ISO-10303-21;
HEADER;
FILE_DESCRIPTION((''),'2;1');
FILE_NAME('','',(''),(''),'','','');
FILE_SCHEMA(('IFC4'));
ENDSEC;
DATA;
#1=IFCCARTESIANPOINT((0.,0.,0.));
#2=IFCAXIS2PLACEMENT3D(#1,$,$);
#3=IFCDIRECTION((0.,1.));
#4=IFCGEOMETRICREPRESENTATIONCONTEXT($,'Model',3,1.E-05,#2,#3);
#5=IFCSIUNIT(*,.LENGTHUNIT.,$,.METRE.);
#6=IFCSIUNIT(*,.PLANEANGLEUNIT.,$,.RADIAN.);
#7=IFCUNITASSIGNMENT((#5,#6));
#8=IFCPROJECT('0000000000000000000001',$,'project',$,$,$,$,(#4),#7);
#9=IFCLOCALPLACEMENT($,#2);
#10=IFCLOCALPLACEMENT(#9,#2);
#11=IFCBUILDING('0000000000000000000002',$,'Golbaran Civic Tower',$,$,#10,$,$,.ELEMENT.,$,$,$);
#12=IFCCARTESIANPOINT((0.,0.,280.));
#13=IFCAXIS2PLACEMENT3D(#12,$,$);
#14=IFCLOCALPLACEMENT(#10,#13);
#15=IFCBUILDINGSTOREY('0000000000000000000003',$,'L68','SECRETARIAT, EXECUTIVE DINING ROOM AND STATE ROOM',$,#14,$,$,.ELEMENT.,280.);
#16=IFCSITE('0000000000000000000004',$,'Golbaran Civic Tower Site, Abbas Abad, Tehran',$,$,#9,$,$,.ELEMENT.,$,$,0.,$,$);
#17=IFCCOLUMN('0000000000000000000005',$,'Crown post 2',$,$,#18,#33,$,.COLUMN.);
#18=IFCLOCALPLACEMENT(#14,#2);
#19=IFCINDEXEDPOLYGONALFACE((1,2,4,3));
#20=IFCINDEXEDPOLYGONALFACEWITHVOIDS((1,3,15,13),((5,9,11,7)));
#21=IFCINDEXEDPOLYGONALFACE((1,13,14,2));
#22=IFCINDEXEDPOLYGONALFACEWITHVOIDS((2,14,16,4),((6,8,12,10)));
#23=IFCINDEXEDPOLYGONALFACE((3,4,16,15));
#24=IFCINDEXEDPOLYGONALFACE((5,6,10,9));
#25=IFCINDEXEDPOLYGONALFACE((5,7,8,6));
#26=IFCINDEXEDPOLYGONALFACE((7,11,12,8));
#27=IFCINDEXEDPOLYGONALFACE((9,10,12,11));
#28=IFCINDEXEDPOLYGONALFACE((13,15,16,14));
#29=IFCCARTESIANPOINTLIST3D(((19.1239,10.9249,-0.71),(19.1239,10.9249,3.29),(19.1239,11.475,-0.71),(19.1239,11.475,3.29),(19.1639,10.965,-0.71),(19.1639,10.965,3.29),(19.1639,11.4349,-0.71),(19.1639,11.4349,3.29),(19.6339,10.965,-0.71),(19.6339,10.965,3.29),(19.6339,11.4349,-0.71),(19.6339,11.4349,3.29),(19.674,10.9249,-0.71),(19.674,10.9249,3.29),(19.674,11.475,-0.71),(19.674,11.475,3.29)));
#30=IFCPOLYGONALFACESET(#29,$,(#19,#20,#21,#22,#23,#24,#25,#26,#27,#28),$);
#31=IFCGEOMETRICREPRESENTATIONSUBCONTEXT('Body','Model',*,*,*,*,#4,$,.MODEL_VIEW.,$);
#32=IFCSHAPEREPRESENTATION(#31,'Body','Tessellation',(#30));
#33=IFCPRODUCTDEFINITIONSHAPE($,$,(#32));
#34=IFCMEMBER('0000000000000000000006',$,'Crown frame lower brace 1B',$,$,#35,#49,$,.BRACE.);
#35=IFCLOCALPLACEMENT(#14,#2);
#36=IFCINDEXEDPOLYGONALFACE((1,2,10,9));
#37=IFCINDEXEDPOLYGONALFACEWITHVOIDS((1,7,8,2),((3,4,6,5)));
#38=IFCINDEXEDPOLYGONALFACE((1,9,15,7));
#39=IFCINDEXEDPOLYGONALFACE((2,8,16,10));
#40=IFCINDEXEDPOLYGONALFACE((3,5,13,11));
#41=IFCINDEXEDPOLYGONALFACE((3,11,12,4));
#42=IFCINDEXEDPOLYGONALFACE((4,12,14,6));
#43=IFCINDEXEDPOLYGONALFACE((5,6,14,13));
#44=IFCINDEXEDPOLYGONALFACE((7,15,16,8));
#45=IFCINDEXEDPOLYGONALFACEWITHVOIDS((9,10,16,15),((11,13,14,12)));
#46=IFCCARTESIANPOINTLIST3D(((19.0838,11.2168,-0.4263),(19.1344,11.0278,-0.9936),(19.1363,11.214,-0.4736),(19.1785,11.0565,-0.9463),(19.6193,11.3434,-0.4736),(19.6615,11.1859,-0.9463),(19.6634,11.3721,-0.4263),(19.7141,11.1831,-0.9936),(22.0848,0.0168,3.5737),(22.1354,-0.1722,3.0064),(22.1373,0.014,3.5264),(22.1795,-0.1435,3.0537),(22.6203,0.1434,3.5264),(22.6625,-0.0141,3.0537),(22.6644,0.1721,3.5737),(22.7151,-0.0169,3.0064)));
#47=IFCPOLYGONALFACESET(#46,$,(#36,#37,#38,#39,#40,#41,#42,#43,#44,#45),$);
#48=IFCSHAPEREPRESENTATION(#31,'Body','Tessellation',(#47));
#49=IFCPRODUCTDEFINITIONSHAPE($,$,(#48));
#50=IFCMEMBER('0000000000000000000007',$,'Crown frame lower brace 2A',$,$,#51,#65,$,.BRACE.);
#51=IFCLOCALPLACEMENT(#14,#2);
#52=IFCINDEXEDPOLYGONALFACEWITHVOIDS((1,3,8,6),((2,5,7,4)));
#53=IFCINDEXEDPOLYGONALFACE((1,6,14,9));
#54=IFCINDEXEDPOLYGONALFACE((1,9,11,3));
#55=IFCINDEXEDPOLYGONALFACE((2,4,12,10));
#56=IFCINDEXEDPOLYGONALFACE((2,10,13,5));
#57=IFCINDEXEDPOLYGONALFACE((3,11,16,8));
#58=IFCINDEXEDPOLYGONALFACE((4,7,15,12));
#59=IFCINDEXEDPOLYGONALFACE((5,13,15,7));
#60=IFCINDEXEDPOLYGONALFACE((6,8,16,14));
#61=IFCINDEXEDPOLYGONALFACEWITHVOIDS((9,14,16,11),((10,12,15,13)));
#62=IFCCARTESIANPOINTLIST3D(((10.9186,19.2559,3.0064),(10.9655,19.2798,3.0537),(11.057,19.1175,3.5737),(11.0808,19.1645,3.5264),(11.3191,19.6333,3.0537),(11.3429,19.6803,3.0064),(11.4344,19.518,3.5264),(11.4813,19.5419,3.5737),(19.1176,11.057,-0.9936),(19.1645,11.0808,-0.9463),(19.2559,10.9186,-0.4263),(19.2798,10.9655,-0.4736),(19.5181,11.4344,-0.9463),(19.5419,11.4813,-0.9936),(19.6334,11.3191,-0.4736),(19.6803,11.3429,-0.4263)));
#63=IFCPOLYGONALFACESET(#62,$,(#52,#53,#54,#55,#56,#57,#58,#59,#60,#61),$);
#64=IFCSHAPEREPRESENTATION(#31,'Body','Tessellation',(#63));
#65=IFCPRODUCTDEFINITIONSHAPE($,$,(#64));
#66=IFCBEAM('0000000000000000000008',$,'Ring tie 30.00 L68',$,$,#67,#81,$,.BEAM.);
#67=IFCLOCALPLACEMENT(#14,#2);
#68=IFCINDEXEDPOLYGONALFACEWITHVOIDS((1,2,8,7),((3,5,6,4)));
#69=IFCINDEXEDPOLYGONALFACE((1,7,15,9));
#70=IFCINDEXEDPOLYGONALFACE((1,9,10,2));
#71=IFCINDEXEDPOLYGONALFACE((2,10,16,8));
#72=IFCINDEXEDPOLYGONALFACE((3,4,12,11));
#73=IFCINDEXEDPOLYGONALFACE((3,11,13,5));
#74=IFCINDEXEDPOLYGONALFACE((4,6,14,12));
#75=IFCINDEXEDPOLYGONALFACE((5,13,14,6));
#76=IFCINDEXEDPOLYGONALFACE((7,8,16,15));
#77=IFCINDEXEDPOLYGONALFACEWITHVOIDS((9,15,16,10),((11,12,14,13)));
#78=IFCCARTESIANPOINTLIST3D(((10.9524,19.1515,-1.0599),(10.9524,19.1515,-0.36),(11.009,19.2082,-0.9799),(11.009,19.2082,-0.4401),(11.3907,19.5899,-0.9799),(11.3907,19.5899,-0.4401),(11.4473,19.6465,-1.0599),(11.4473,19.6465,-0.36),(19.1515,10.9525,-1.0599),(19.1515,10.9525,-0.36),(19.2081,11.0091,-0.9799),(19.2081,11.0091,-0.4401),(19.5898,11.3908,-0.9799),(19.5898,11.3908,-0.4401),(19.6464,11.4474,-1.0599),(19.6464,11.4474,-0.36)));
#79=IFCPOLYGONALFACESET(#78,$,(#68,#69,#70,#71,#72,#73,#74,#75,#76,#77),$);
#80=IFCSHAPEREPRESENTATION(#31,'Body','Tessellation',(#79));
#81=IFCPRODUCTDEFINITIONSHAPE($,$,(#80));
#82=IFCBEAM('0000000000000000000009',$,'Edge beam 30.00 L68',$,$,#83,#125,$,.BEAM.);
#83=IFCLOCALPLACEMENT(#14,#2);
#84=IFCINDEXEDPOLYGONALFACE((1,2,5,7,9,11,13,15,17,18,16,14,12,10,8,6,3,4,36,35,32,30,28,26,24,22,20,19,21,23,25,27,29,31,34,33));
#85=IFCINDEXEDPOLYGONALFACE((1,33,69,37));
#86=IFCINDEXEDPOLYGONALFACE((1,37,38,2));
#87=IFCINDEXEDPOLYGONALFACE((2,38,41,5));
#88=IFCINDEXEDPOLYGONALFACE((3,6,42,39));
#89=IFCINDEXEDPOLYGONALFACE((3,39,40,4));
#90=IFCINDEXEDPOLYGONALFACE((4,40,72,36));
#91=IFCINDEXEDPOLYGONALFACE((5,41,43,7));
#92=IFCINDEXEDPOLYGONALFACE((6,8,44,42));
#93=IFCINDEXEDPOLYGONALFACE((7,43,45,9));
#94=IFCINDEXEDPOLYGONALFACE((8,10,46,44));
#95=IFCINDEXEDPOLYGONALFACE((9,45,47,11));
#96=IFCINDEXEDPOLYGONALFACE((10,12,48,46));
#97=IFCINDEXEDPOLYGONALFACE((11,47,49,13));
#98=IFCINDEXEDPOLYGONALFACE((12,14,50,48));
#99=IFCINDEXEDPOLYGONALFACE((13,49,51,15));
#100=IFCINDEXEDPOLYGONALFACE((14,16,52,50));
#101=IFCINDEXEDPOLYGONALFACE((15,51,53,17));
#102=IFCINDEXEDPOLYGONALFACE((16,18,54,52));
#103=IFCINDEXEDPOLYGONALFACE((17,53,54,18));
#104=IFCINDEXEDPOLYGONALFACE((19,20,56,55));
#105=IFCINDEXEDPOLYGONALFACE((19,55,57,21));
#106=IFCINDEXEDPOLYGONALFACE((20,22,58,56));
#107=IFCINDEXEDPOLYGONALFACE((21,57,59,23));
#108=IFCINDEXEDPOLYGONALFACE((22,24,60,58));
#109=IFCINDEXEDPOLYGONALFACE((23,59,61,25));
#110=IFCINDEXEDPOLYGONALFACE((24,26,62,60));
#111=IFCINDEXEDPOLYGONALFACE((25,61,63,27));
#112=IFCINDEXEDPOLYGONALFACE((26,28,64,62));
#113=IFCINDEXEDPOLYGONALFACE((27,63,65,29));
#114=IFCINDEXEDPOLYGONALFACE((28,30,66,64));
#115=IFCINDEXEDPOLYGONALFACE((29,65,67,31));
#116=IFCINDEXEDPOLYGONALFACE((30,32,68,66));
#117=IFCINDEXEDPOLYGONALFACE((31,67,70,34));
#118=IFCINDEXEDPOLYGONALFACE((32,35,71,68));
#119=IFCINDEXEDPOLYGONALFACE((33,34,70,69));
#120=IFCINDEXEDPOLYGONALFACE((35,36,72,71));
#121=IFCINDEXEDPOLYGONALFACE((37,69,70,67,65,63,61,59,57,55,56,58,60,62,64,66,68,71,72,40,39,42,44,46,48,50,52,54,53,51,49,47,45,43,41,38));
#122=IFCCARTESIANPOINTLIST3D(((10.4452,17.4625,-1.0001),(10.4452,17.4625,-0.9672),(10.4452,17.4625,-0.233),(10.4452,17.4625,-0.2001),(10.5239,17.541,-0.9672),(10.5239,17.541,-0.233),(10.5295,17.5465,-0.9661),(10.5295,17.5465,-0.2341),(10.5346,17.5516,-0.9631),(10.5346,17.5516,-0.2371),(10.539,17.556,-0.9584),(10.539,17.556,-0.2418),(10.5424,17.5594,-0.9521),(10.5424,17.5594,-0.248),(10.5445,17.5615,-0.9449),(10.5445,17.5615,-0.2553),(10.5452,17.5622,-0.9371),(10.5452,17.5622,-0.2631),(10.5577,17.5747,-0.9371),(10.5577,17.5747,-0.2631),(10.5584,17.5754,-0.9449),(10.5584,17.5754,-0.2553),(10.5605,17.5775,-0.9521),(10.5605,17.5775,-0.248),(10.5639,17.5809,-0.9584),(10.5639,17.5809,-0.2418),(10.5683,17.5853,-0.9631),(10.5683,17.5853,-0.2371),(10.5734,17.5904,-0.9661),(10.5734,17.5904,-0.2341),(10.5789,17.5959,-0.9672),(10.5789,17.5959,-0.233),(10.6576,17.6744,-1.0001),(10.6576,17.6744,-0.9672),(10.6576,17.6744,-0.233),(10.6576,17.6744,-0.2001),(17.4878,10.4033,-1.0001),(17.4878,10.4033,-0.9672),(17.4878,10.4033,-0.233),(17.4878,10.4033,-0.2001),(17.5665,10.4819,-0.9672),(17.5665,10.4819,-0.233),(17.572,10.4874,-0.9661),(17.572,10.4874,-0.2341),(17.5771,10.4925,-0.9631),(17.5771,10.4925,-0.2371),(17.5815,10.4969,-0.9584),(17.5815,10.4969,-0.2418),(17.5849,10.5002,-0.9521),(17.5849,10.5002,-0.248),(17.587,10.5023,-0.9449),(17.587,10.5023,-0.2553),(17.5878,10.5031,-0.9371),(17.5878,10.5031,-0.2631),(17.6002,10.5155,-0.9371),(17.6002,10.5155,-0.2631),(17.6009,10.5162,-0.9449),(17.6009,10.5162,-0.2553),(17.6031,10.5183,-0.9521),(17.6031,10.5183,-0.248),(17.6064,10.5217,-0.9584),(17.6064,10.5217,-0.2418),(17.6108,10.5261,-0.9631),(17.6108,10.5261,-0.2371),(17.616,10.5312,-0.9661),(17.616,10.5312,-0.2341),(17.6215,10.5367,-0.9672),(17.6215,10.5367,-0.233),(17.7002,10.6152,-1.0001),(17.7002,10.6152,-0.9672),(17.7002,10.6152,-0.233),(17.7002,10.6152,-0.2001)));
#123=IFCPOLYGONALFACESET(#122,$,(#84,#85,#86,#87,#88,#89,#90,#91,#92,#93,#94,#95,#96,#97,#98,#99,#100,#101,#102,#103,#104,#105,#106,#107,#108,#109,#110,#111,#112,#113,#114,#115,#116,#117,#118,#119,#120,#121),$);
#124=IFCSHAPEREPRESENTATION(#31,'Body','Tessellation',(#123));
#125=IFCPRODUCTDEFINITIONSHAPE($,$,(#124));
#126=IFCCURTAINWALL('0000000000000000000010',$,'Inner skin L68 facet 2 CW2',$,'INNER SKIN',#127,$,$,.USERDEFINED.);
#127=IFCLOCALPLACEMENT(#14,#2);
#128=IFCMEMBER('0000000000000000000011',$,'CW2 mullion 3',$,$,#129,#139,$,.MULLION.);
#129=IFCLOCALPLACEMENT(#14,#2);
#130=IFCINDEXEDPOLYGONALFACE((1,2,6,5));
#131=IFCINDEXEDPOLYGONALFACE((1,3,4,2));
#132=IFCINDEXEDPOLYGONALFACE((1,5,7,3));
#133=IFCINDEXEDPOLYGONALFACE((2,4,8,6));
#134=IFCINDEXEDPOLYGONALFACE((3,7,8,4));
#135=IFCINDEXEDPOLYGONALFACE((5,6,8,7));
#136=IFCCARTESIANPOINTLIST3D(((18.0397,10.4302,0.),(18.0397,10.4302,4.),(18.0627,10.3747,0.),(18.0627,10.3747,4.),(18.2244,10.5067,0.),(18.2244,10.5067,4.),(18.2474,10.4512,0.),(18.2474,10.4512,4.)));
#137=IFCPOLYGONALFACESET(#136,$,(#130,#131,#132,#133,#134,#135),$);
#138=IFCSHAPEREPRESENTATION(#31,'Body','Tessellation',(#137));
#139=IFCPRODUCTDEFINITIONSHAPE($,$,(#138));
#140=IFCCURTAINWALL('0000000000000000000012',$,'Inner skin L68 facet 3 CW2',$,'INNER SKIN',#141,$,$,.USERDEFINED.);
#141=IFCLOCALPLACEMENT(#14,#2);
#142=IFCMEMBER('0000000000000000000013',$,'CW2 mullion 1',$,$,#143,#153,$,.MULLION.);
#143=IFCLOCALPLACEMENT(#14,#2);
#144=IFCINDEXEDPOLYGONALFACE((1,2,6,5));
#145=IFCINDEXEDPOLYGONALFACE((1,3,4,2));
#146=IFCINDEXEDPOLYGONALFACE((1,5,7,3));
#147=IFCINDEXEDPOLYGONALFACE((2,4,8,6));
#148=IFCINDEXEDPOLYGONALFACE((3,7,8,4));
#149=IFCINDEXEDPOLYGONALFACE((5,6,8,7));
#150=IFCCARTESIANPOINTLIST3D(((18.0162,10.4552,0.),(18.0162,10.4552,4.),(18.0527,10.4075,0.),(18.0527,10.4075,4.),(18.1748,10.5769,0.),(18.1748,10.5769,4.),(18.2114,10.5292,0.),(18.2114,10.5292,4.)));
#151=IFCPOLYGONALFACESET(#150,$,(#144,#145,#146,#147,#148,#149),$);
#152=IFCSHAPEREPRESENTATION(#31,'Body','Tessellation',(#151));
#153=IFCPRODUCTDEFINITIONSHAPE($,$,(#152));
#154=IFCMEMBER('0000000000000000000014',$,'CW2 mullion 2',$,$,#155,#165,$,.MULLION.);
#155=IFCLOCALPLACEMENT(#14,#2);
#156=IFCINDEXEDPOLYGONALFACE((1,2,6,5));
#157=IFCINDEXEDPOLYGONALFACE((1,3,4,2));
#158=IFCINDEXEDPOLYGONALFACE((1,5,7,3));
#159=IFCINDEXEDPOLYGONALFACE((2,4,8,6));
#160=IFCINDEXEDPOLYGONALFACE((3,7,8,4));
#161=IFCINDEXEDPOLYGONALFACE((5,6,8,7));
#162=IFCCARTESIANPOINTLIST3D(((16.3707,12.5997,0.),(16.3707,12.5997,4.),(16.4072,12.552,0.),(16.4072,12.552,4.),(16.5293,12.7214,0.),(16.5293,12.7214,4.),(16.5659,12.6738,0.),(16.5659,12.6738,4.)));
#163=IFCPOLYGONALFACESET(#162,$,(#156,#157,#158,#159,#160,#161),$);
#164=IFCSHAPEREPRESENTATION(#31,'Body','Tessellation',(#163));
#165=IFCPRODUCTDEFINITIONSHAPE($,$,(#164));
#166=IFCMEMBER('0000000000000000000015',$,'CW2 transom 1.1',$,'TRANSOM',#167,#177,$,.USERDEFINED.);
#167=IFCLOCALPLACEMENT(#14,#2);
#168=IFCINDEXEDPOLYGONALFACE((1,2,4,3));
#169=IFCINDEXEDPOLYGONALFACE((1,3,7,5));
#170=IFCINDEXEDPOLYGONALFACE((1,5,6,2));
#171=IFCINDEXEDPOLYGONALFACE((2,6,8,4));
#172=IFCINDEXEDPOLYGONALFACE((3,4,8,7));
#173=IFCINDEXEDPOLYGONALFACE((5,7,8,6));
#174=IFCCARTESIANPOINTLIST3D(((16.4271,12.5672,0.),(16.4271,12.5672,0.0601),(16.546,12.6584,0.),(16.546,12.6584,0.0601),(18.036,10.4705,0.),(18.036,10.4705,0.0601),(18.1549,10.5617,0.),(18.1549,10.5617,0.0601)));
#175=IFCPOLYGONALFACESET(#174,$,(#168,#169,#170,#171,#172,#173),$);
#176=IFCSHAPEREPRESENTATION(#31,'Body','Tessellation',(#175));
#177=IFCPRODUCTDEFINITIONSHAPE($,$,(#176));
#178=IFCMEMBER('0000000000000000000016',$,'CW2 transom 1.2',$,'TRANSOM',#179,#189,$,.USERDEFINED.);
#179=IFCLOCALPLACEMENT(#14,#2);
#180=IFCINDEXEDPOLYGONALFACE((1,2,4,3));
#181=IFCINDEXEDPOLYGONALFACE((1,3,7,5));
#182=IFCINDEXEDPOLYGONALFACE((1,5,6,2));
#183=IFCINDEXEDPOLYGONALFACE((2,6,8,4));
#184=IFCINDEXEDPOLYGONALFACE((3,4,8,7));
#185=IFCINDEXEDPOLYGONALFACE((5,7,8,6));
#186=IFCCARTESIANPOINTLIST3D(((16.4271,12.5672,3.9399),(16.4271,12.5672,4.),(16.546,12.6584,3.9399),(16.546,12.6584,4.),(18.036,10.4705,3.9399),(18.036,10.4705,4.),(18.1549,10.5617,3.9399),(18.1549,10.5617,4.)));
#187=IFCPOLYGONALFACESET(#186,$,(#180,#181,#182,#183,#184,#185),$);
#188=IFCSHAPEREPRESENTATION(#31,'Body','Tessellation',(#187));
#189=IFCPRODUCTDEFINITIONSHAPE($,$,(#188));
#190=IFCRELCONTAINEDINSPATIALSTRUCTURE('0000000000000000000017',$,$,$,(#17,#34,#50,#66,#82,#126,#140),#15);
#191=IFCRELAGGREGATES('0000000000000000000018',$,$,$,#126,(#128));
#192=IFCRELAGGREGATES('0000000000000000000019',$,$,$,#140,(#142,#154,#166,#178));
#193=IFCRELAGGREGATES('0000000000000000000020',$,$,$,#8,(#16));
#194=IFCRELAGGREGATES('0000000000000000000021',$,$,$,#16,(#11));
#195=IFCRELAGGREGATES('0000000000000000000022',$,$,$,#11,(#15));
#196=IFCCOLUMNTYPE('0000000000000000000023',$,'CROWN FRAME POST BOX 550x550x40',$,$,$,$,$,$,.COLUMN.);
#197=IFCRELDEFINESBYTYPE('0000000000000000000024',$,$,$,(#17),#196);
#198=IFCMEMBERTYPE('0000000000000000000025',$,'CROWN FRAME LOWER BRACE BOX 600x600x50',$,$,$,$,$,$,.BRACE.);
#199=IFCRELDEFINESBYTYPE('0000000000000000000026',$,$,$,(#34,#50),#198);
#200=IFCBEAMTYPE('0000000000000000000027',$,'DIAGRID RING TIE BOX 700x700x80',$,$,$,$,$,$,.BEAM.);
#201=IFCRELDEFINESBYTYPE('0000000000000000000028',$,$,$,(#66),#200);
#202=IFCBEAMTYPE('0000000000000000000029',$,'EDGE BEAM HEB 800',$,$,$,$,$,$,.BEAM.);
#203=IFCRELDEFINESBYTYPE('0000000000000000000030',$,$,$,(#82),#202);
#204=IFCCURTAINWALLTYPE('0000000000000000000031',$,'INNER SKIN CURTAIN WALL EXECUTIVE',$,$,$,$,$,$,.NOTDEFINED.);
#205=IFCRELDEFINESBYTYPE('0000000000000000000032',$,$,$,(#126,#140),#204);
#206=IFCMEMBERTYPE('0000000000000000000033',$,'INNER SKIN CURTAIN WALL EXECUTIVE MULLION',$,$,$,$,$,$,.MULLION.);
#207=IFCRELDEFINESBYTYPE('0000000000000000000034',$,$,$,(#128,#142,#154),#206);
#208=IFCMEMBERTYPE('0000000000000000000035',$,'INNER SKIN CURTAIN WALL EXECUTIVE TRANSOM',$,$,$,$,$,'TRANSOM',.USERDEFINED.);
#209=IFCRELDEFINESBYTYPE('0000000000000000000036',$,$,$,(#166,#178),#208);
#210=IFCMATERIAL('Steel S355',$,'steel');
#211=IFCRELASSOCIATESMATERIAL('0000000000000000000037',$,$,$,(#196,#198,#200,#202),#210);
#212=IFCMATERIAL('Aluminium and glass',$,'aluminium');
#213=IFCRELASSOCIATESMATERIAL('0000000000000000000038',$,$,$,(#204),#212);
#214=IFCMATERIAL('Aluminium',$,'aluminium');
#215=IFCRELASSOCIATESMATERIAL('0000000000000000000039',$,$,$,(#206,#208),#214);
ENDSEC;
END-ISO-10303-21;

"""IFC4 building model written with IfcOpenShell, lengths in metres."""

from ifc_helpers import new_model, si_unit, direction, frame, origin, origin_2d, place, context, subcontext, project, spatial, rectangle, hollow_rectangle, i_section, extrude, material, material_profile, profile_set, type_object, element, aggregate, save


model = new_model("IFC4")

# Units and contexts
model_context = context("Model", 3, precision=1e-05, world=origin(), true_north=direction((0.0, 1.0)))
body_context = subcontext(model_context, "Body", "Model", "MODEL_VIEW")
ifc_project = project(units=[si_unit("LENGTHUNIT", "METRE"), si_unit("PLANEANGLEUNIT", "RADIAN")], contexts=[model_context])

# Site, building, storey
site_placement = place(None, origin())
site = spatial("IfcSite", under=ifc_project, at=site_placement, Name="Golbaran Civic Tower Site, Abbas Abad, Tehran", CompositionType="ELEMENT", RefElevation=0.0)
building_placement = place(site_placement, origin())
building = spatial("IfcBuilding", under=site, at=building_placement, Name="Golbaran Civic Tower", CompositionType="ELEMENT")
storey_placement = place(building_placement, frame((0.0, 0.0, 280.0)))
storey = spatial("IfcBuildingStorey", under=building, at=storey_placement, Name="L68", Description="SECRETARIAT, EXECUTIVE DINING ROOM AND STATE ROOM", CompositionType="ELEMENT", Elevation=280.0)

# Column
ifc_material_1 = material(Name="Steel S355", Category="steel")
ifc_material_profile_1 = material_profile(ifc_material_1, hollow_rectangle(XDim=0.55, YDim=0.55, WallThickness=0.04, at=origin_2d()), Name="BOX 550x550x40")
ifc_profile_set_1 = profile_set([ifc_material_profile_1], Name="Steel S355")
column_type = type_object("IfcColumnType", Name="CROWN FRAME POST BOX 550x550x40", PredefinedType="COLUMN", material=ifc_profile_set_1)
column_placement = place(storey_placement, frame((19.3989, 11.2, -0.71), z_axis=(0.0, 0.0, 1.0), x_axis=(1.0, 0.0, 0.0)))
element("IfcColumn", 1, at=column_placement, inside=storey, type_object=column_type, Name="Crown post 2", PredefinedType="COLUMN", context=body_context, shape_type="SweptSolid", body=[
    extrude(hollow_rectangle(XDim=0.55, YDim=0.55, WallThickness=0.04, at=origin_2d()), origin(), (0.0, 0.0, 1.0), 4.0),
])

# Members
ifc_material_profile_2 = material_profile(ifc_material_1, hollow_rectangle(XDim=0.6001, YDim=0.6001, WallThickness=0.05, at=origin_2d()), Name="BOX 600x600x50")
ifc_profile_set_2 = profile_set([ifc_material_profile_2], Name="Steel S355")
member_type_1 = type_object("IfcMemberType", Name="CROWN FRAME LOWER BRACE BOX 600x600x50", PredefinedType="BRACE", material=ifc_profile_set_2)
for number, where, z_axis, x_axis, name in (
    (2, (19.3989, 11.2, -0.71), (0.244666, -0.913119, 0.326116), (0.965927, 0.258816, 0.0), "Crown frame lower brace 1B"),
    (3, (19.3989, 11.2, -0.71), (-0.66845, 0.66845, 0.326114), (-0.707107, -0.707107, 0.0), "Crown frame lower brace 2A"),
):
    element("IfcMember", number, at=place(storey_placement, frame(where, z_axis=z_axis, x_axis=x_axis)), inside=storey, type_object=member_type_1, Name=name, PredefinedType="BRACE", context=body_context, shape_type="SweptSolid", body=[
        extrude(hollow_rectangle(XDim=0.6001, YDim=0.6001, WallThickness=0.05, at=origin_2d()), origin(), (0.0, 0.0, 1.0), 12.2656),
    ])

# Beams
ifc_material_profile_3 = material_profile(ifc_material_1, hollow_rectangle(XDim=0.7, YDim=0.7, WallThickness=0.0801, at=origin_2d()), Name="BOX 700x700x80")
ifc_profile_set_3 = profile_set([ifc_material_profile_3], Name="Steel S355")
beam_type_1 = type_object("IfcBeamType", Name="DIAGRID RING TIE BOX 700x700x80", PredefinedType="BEAM", material=ifc_profile_set_3)
beam_1_placement = place(storey_placement, frame((19.3989, 11.2, -0.71), z_axis=(-0.707107, 0.707107, 0.0), x_axis=(-0.707107, -0.707107, 0.0)))
element("IfcBeam", 4, at=beam_1_placement, inside=storey, type_object=beam_type_1, Name="Ring tie 30.00 L68", PredefinedType="BEAM", context=body_context, shape_type="SweptSolid", body=[
    extrude(hollow_rectangle(XDim=0.7, YDim=0.7, WallThickness=0.0801, at=origin_2d()), origin(), (0.0, 0.0, 1.0), 11.5952),
])
ifc_material_profile_4 = material_profile(ifc_material_1, i_section(OverallWidth=0.3, OverallDepth=0.8, WebThickness=0.0176, FlangeThickness=0.033, FilletRadius=0.03, at=origin_2d()), Name="HEB 800")
ifc_profile_set_4 = profile_set([ifc_material_profile_4], Name="Steel S355")
beam_type_2 = type_object("IfcBeamType", Name="EDGE BEAM HEB 800", PredefinedType="BEAM", material=ifc_profile_set_4)
beam_2_placement = place(storey_placement, frame((17.594, 10.5093, -0.6001), z_axis=(-0.706274, 0.707939, 0.0), x_axis=(-0.707939, -0.706274, 0.0)))
element("IfcBeam", 5, at=beam_2_placement, inside=storey, type_object=beam_type_2, Name="Edge beam 30.00 L68", PredefinedType="BEAM", context=body_context, shape_type="SweptSolid", body=[
    extrude(i_section(OverallWidth=0.3, OverallDepth=0.8, WebThickness=0.0176, FlangeThickness=0.033, FilletRadius=0.03, at=origin_2d()), origin(), (0.0, 0.0, 1.0), 9.9714),
])

# Curtain wall, member
ifc_material_2 = material(Name="Aluminium and glass", Category="aluminium")
curtain_wall_type_1 = type_object("IfcCurtainWallType", Name="INNER SKIN CURTAIN WALL EXECUTIVE", PredefinedType="NOTDEFINED", material=ifc_material_2)
curtain_wall_1_placement = place(storey_placement, origin())
curtain_wall_1 = element("IfcCurtainWall", 6, at=curtain_wall_1_placement, inside=storey, type_object=curtain_wall_type_1, Name="Inner skin L68 facet 2 CW2", ObjectType="INNER SKIN", PredefinedType="USERDEFINED")
ifc_material_3 = material(Name="Aluminium", Category="aluminium")
ifc_material_profile_5 = material_profile(ifc_material_3, rectangle(XDim=0.2, YDim=0.0601, at=origin_2d()), Name="INNER SKIN CURTAIN WALL EXECUTIVE MULLION")
ifc_profile_set_5 = profile_set([ifc_material_profile_5], Name="Aluminium")
member_type_2 = type_object("IfcMemberType", Name="INNER SKIN CURTAIN WALL EXECUTIVE MULLION", PredefinedType="MULLION", material=ifc_profile_set_5)
member_1_placement = place(storey_placement, frame((18.1436, 10.4407, 0.0), z_axis=(0.0, 0.0, 1.0), x_axis=(-0.92388, -0.382683, 0.0)))
member_1 = element("IfcMember", 7, at=member_1_placement, type_object=member_type_2, Name="CW2 mullion 3", PredefinedType="MULLION", context=body_context, shape_type="SweptSolid", body=[
    extrude(rectangle(XDim=0.2, YDim=0.0601, at=origin_2d()), origin(), (0.0, 0.0, 1.0), 4.0),
])

# Curtain wall, members
curtain_wall_2_placement = place(storey_placement, origin())
curtain_wall_2 = element("IfcCurtainWall", 8, at=curtain_wall_2_placement, inside=storey, type_object=curtain_wall_type_1, Name="Inner skin L68 facet 3 CW2", ObjectType="INNER SKIN", PredefinedType="USERDEFINED")
member_2_placement = place(storey_placement, frame((18.1138, 10.4922, 0.0), z_axis=(0.0, 0.0, 1.0), x_axis=(-0.793353, -0.608761, 0.0)))
member_2 = element("IfcMember", 9, at=member_2_placement, type_object=member_type_2, Name="CW2 mullion 1", PredefinedType="MULLION", context=body_context, shape_type="SweptSolid", body=[
    extrude(rectangle(XDim=0.2, YDim=0.0601, at=origin_2d()), origin(), (0.0, 0.0, 1.0), 4.0),
])
member_3_placement = place(storey_placement, frame((16.4683, 12.6367, 0.0), z_axis=(0.0, 0.0, 1.0), x_axis=(-0.793353, -0.608761, 0.0)))
member_3 = element("IfcMember", 10, at=member_3_placement, type_object=member_type_2, Name="CW2 mullion 2", PredefinedType="MULLION", context=body_context, shape_type="SweptSolid", body=[
    extrude(rectangle(XDim=0.2, YDim=0.0601, at=origin_2d()), origin(), (0.0, 0.0, 1.0), 4.0),
])
ifc_material_profile_6 = material_profile(ifc_material_3, rectangle(XDim=0.1499, YDim=0.0601, at=origin_2d()), Name="INNER SKIN CURTAIN WALL EXECUTIVE TRANSOM")
ifc_profile_set_6 = profile_set([ifc_material_profile_6], Name="Aluminium")
member_type_3 = type_object("IfcMemberType", Name="INNER SKIN CURTAIN WALL EXECUTIVE TRANSOM", ElementType="TRANSOM", PredefinedType="USERDEFINED", material=ifc_profile_set_6)
member_4_placement = place(storey_placement, frame((18.0955, 10.5161, 0.03), z_axis=(-0.608773, 0.793345, 0.0), x_axis=(-0.793345, -0.608773, 0.0)))
member_4 = element("IfcMember", 11, at=member_4_placement, type_object=member_type_3, Name="CW2 transom 1.1", ObjectType="TRANSOM", PredefinedType="USERDEFINED", context=body_context, shape_type="SweptSolid", body=[
    extrude(rectangle(XDim=0.1499, YDim=0.0601, at=origin_2d()), origin(), (0.0, 0.0, 1.0), 2.6428),
])
member_5_placement = place(storey_placement, frame((18.0955, 10.5161, 3.97), z_axis=(-0.608773, 0.793345, 0.0), x_axis=(-0.793345, -0.608773, 0.0)))
member_5 = element("IfcMember", 12, at=member_5_placement, type_object=member_type_3, Name="CW2 transom 1.2", ObjectType="TRANSOM", PredefinedType="USERDEFINED", context=body_context, shape_type="SweptSolid", body=[
    extrude(rectangle(XDim=0.1499, YDim=0.0601, at=origin_2d()), origin(), (0.0, 0.0, 1.0), 2.6428),
])

aggregate(curtain_wall_1, [member_1])
aggregate(curtain_wall_2, [member_2, member_3, member_4, member_5])

save(model, "model.ifc")
